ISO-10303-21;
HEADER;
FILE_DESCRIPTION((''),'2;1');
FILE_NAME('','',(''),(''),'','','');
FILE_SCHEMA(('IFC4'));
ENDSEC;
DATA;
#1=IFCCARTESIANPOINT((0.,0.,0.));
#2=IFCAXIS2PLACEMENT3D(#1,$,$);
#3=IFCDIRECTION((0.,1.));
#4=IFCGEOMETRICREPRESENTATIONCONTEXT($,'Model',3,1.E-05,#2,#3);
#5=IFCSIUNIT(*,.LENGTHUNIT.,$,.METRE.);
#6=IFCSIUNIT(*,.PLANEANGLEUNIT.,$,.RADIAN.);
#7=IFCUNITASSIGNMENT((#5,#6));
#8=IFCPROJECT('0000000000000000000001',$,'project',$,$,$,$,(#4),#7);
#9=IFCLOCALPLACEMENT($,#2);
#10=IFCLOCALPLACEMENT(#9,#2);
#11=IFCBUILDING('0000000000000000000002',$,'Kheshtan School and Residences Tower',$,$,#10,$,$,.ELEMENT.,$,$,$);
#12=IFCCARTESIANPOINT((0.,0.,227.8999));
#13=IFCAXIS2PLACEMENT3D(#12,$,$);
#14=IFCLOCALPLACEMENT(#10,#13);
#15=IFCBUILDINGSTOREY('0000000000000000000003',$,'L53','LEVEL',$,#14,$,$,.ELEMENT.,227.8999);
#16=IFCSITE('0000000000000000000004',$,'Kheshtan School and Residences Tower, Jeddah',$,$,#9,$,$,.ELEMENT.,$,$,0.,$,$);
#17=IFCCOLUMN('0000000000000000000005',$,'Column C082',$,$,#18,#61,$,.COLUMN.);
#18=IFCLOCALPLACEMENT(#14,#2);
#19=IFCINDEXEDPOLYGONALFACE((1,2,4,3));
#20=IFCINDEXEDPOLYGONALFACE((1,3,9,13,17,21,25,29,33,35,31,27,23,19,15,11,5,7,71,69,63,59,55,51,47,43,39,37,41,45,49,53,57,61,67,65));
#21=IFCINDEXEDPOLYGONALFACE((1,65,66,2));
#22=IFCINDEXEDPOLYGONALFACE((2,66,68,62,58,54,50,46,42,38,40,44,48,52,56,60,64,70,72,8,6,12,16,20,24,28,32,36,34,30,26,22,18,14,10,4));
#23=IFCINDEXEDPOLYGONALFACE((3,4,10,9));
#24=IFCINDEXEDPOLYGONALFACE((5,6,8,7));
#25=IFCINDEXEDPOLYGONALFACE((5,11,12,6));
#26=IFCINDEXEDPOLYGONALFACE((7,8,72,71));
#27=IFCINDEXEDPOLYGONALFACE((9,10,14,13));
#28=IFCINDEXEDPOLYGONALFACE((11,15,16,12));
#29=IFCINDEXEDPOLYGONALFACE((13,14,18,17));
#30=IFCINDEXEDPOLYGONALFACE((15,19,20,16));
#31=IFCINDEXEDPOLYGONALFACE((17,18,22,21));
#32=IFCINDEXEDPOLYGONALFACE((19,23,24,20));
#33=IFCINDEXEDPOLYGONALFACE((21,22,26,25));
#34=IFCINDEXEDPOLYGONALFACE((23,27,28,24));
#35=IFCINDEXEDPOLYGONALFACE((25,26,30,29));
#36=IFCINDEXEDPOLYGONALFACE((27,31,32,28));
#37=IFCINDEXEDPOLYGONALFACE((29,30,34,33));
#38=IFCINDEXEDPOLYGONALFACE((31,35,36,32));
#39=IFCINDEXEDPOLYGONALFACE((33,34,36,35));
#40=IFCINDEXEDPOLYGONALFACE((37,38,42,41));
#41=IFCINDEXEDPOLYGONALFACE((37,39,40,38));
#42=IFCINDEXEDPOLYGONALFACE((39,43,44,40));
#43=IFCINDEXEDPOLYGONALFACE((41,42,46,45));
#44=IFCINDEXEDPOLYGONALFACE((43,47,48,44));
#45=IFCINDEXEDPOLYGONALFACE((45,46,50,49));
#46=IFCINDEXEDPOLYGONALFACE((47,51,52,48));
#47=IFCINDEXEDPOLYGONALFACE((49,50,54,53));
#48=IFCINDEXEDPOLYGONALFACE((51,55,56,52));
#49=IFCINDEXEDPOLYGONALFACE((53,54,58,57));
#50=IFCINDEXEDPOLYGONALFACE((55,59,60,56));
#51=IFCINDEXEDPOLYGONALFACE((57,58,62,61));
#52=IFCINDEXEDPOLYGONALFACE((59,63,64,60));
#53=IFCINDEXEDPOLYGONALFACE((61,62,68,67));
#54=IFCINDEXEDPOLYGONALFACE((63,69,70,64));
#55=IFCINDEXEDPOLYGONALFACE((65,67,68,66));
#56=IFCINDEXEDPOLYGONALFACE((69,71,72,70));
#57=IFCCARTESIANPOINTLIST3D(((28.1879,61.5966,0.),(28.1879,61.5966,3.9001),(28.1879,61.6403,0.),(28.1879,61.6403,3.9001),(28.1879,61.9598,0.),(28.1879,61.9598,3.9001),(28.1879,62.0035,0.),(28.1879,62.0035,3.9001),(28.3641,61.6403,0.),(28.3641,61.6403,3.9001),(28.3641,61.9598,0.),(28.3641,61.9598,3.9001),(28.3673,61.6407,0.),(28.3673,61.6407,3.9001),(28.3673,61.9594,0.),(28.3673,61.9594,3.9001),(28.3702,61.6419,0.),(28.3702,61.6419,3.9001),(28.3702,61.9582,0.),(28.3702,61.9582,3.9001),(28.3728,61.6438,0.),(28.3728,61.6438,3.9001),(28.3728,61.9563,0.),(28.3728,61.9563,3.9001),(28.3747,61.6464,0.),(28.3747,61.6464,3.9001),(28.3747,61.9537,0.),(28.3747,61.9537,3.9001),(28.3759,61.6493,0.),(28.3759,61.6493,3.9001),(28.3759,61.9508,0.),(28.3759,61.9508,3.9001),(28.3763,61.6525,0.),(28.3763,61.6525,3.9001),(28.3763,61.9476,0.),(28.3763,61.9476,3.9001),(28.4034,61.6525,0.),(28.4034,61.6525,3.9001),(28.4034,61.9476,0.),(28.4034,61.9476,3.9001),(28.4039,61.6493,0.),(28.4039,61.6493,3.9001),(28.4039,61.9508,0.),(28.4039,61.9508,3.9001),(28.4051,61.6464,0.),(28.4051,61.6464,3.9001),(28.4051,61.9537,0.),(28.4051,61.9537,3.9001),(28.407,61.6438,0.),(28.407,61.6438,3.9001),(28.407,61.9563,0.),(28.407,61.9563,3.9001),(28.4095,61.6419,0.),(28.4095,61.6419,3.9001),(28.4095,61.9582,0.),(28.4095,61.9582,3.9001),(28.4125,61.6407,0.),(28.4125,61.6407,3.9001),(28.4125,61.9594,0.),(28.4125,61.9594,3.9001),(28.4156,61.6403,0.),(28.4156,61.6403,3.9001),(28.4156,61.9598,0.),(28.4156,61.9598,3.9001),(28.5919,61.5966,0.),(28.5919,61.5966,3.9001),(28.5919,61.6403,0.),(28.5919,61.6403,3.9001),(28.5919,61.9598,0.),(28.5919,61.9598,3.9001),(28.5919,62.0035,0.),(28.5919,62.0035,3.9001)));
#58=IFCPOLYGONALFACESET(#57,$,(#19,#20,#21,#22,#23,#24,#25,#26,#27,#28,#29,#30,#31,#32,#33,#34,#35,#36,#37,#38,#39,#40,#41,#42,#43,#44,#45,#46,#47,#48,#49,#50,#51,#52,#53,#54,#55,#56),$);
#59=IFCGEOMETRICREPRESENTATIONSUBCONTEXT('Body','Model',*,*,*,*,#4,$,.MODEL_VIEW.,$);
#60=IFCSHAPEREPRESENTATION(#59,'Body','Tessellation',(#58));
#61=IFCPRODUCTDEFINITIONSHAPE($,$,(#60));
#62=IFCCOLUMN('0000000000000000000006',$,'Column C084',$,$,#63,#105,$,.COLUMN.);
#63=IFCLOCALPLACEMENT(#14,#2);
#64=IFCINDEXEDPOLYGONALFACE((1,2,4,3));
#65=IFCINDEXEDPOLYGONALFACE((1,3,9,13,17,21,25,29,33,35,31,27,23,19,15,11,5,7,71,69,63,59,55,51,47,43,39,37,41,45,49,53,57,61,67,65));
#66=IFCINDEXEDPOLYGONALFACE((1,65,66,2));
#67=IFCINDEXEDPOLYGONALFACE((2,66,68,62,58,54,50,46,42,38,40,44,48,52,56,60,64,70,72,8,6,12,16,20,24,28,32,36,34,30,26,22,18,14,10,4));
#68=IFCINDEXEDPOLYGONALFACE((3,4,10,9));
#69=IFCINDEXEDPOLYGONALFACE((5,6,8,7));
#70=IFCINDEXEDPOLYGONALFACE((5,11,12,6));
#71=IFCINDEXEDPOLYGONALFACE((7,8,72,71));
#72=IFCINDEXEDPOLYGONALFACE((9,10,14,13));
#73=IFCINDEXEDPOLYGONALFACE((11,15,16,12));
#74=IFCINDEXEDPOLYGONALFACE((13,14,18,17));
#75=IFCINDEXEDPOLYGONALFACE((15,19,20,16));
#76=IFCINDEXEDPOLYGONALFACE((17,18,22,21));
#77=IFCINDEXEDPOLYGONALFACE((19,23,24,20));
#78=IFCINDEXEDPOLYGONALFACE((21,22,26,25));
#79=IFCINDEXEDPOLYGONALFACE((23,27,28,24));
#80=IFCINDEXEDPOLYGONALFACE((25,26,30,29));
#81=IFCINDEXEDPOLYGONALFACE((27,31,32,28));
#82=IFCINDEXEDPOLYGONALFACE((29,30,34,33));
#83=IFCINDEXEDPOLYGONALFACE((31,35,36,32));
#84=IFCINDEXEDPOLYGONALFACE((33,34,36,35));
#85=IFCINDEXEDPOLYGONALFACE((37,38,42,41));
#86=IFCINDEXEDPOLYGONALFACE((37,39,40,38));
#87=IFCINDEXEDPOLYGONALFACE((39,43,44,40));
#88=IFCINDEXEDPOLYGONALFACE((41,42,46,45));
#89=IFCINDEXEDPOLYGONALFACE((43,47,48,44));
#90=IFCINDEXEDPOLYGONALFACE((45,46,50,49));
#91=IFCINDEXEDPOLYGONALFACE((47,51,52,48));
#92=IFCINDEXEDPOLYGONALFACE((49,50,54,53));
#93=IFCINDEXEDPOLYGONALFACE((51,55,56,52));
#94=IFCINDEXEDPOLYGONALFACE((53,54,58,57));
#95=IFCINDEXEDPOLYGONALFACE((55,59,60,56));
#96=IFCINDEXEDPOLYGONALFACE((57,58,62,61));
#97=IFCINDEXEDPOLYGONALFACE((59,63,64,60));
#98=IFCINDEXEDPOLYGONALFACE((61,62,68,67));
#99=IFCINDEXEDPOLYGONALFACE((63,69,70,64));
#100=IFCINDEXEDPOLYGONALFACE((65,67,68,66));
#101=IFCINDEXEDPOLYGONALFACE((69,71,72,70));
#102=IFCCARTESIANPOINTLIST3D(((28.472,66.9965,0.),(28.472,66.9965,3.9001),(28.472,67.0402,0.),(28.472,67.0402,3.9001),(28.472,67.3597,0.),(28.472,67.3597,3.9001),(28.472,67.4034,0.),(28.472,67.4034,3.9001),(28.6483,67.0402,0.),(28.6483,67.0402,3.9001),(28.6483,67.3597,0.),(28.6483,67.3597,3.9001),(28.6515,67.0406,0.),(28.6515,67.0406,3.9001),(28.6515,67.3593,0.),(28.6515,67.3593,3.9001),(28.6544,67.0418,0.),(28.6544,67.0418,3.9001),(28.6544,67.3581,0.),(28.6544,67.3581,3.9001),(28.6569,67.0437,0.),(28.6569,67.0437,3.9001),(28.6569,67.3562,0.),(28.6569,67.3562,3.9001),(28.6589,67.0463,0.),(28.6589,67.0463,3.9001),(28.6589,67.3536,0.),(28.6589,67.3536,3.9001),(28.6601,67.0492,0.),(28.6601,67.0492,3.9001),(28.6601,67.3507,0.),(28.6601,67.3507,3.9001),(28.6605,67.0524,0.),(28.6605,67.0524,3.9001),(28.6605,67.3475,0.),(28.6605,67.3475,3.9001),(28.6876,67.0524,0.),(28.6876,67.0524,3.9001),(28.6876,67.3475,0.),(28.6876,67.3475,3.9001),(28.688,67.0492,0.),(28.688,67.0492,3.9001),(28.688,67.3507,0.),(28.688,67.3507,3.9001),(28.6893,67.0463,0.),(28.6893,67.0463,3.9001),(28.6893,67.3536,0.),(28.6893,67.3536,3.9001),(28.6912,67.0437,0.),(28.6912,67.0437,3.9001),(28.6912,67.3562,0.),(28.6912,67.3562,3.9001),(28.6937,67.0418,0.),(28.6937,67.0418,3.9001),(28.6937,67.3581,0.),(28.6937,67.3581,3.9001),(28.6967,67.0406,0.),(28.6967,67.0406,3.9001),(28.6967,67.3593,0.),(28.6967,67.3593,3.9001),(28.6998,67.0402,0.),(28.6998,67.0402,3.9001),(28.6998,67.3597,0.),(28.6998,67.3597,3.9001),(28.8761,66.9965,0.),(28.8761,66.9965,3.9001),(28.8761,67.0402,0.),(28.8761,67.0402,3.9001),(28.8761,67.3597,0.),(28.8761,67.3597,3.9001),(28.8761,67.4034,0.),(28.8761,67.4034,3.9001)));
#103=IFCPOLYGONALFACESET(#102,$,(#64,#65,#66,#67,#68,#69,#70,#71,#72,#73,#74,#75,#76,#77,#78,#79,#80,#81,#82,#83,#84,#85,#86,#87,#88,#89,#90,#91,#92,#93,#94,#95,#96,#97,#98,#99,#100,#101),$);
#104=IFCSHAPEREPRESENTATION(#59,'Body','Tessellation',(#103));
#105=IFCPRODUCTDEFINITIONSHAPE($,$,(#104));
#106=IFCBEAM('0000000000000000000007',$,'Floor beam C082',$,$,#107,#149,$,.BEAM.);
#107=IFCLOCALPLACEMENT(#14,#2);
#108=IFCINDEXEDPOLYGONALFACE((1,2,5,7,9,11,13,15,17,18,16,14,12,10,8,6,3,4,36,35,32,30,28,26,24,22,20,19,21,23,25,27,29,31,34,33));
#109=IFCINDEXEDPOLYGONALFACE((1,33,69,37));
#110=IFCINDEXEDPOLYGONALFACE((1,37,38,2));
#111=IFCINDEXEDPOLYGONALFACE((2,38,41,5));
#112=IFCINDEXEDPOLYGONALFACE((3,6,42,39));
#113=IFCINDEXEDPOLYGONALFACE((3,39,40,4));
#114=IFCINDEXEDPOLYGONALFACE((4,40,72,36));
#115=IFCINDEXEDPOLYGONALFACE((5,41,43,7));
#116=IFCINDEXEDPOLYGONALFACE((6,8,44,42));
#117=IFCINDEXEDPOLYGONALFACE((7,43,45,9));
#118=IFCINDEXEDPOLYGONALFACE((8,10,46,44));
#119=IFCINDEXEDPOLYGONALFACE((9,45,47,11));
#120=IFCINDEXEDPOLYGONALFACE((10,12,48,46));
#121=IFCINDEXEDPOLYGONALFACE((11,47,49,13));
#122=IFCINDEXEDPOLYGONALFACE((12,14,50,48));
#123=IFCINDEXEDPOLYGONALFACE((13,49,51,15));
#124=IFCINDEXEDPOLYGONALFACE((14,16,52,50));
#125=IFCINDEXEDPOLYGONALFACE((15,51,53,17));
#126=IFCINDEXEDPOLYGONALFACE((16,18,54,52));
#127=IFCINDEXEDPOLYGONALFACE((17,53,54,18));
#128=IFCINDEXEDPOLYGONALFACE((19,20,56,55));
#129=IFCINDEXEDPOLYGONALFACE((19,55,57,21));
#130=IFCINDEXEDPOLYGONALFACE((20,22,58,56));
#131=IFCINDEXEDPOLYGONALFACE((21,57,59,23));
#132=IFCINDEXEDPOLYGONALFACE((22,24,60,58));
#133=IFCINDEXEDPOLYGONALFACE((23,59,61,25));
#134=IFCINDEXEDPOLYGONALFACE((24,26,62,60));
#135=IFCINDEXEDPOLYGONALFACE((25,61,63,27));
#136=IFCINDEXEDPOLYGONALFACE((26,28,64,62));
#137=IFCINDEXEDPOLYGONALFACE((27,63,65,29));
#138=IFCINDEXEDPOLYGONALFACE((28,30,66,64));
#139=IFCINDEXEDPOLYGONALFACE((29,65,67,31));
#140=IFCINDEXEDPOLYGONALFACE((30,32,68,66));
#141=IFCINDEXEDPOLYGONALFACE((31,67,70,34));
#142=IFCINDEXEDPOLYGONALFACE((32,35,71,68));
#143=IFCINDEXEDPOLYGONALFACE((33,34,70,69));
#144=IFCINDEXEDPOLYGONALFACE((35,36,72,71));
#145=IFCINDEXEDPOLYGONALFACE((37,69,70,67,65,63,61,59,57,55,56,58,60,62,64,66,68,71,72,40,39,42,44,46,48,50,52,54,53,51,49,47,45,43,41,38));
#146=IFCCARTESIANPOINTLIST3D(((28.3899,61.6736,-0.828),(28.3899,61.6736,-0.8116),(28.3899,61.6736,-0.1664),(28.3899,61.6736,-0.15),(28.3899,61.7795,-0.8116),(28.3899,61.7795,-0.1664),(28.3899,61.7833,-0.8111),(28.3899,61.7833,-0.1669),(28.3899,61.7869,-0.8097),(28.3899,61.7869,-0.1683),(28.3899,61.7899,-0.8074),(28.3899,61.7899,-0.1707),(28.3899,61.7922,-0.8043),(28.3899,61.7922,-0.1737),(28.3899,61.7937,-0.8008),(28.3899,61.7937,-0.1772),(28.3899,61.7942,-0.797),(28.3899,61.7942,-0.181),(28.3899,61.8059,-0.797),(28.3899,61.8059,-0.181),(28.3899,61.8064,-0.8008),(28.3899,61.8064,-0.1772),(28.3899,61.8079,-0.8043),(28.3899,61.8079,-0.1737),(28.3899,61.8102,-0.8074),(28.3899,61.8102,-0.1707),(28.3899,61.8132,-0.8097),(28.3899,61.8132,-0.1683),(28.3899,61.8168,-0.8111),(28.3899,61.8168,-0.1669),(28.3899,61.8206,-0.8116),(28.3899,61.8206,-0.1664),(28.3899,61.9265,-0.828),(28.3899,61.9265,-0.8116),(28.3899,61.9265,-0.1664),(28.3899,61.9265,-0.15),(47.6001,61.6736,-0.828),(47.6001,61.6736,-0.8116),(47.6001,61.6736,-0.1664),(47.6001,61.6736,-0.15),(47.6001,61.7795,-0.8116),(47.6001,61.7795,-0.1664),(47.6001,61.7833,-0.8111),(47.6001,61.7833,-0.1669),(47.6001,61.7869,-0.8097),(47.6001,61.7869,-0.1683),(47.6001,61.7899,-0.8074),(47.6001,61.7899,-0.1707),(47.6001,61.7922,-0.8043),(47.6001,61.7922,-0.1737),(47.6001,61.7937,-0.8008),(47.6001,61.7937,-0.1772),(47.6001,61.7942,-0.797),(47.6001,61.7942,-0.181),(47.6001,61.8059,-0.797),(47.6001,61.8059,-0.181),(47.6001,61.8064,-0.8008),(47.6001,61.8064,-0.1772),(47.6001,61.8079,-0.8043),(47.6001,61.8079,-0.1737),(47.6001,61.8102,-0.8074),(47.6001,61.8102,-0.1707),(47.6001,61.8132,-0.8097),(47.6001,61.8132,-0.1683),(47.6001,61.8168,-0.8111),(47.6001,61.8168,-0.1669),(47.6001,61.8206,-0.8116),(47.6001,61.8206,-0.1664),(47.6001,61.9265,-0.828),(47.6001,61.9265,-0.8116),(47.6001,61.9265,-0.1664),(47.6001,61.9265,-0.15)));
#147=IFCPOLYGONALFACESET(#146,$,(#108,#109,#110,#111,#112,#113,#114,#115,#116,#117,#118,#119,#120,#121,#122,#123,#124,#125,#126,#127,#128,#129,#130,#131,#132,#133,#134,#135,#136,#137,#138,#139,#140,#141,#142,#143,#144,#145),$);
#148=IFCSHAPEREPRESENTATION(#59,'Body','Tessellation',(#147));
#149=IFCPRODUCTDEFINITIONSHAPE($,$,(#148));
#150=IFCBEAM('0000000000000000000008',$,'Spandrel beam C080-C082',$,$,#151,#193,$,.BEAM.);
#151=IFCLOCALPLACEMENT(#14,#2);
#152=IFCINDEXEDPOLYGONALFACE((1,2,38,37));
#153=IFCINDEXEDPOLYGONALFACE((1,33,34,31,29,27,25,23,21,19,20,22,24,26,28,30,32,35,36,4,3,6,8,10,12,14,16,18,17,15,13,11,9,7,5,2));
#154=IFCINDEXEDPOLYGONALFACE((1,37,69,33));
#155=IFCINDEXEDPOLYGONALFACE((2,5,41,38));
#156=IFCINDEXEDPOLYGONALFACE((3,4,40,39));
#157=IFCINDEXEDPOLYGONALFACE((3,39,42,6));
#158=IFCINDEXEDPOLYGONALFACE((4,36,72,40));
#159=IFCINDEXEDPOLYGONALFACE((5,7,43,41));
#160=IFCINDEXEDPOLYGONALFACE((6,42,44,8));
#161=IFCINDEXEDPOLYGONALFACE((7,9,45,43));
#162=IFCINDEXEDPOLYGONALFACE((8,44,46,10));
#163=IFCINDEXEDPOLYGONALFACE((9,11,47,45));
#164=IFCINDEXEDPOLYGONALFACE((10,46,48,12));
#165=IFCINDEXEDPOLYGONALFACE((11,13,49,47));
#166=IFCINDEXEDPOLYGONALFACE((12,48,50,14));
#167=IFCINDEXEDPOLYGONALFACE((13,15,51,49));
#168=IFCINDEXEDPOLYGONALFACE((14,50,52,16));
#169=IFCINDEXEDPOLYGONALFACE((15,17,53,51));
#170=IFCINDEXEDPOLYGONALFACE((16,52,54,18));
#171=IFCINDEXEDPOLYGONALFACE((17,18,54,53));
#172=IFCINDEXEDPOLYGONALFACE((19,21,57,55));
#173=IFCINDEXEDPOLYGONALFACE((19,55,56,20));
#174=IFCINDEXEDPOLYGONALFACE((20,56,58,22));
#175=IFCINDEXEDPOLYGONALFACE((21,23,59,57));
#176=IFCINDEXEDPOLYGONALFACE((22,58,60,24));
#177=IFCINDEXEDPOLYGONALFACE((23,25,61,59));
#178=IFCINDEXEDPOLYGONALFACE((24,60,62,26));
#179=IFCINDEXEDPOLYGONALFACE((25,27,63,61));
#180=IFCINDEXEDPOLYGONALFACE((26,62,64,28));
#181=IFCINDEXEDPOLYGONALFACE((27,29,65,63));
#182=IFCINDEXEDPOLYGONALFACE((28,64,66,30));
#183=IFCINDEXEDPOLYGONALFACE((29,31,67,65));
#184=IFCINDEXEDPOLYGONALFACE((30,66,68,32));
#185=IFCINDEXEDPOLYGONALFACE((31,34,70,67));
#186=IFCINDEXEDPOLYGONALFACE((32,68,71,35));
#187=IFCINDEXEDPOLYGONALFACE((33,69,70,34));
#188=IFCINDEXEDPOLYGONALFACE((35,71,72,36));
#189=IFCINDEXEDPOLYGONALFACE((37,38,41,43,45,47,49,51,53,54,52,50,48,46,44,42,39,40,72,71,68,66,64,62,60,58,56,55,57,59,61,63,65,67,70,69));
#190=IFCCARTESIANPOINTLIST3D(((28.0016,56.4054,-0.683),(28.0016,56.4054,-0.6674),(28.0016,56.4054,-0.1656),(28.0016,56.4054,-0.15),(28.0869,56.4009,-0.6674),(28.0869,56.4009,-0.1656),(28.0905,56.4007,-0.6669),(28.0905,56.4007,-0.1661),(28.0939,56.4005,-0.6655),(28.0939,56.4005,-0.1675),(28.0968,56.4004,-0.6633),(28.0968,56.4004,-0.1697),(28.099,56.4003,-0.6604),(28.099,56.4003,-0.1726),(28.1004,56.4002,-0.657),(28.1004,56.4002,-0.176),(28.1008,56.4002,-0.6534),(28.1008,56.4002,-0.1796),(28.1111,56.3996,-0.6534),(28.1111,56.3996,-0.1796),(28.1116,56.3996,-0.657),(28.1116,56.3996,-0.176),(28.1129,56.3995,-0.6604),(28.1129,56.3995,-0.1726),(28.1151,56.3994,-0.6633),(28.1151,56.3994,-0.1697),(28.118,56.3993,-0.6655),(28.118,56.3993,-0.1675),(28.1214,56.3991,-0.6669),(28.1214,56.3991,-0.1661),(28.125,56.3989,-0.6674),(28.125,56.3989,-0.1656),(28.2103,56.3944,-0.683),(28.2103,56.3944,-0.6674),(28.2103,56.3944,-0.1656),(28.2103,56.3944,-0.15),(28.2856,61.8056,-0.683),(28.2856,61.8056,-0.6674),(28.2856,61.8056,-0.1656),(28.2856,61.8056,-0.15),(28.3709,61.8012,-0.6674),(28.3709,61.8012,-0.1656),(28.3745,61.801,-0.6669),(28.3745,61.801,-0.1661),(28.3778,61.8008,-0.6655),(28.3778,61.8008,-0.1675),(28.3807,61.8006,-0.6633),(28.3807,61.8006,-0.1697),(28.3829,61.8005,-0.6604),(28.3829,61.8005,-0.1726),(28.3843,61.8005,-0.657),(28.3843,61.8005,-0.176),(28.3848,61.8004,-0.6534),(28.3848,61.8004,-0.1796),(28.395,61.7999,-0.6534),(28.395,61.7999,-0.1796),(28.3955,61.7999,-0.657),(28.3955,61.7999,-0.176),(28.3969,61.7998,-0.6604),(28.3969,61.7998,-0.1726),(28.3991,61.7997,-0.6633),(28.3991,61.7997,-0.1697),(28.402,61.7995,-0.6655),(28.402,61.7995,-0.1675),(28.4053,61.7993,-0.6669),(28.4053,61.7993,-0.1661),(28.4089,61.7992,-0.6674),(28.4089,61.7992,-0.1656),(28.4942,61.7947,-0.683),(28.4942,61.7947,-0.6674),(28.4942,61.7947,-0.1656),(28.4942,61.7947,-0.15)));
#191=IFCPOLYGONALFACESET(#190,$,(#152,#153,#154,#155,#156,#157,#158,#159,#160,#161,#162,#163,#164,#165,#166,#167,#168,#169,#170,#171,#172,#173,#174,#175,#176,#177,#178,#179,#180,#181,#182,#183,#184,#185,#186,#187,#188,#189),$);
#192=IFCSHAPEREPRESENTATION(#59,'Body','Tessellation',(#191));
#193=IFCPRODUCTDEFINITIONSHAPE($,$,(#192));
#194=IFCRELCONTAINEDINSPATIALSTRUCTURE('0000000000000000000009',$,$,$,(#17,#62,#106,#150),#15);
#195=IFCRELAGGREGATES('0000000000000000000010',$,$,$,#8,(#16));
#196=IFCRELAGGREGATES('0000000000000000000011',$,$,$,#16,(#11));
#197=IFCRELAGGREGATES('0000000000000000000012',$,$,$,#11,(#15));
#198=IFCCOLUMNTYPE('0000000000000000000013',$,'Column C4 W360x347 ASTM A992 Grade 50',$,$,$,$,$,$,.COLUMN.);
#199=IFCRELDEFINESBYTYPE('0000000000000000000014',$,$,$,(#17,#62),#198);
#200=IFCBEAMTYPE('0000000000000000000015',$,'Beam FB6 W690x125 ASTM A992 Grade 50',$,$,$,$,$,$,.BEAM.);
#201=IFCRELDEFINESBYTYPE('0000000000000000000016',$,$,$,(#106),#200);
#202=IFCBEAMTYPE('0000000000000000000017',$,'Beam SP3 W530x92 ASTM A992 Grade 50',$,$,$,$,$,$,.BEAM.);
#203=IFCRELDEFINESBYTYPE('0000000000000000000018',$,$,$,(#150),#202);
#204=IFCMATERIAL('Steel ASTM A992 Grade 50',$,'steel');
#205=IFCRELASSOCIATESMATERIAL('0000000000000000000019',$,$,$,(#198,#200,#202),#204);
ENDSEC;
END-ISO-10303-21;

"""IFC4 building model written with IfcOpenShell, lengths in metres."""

from ifc_helpers import new_model, si_unit, direction, frame, origin, origin_2d, place, context, subcontext, project, spatial, i_section, extrude, material, material_profile, profile_set, type_object, element, save


model = new_model("IFC4")

# Units and contexts
model_context = context("Model", 3, precision=1e-05, world=origin(), true_north=direction((0.0, 1.0)))
body_context = subcontext(model_context, "Body", "Model", "MODEL_VIEW")
ifc_project = project(units=[si_unit("LENGTHUNIT", "METRE"), si_unit("PLANEANGLEUNIT", "RADIAN")], contexts=[model_context])

# Site, building, storey
site_placement = place(None, origin())
site = spatial("IfcSite", under=ifc_project, at=site_placement, Name="Kheshtan School and Residences Tower, Jeddah", CompositionType="ELEMENT", RefElevation=0.0)
building_placement = place(site_placement, origin())
building = spatial("IfcBuilding", under=site, at=building_placement, Name="Kheshtan School and Residences Tower", CompositionType="ELEMENT")
storey_placement = place(building_placement, frame((0.0, 0.0, 227.8999)))
storey = spatial("IfcBuildingStorey", under=building, at=storey_placement, Name="L53", Description="LEVEL", CompositionType="ELEMENT", Elevation=227.8999)

# Columns
ifc_material_1 = material(Name="Steel ASTM A992 Grade 50", Category="steel")
ifc_material_profile_1 = material_profile(ifc_material_1, i_section(OverallWidth=0.4041, OverallDepth=0.407, WebThickness=0.0271, FlangeThickness=0.0437, FilletRadius=0.0122, at=origin_2d()), Name="W360x347")
ifc_profile_set_1 = profile_set([ifc_material_profile_1], Name="Steel ASTM A992 Grade 50")
column_type = type_object("IfcColumnType", Name="Column C4 W360x347 ASTM A992 Grade 50", PredefinedType="COLUMN", material=ifc_profile_set_1)
for number, where, z_axis, x_axis, name in (
    (1, (28.3899, 61.8, 0.0), (0.0, 0.0, 1.0), (1.0, 0.0, 0.0), "Column C082"),
    (2, (28.6741, 67.2, 0.0), (0.0, 0.0, 1.0), (1.0, 0.0, 0.0), "Column C084"),
):
    element("IfcColumn", number, at=place(storey_placement, frame(where, z_axis=z_axis, x_axis=x_axis)), inside=storey, type_object=column_type, Name=name, PredefinedType="COLUMN", context=body_context, shape_type="SweptSolid", body=[
        extrude(i_section(OverallWidth=0.4041, OverallDepth=0.407, WebThickness=0.0271, FlangeThickness=0.0437, FilletRadius=0.0122, at=origin_2d()), origin(), (0.0, 0.0, 1.0), 3.9001),
    ])

# Beams
ifc_material_profile_2 = material_profile(ifc_material_1, i_section(OverallWidth=0.2529, OverallDepth=0.678, WebThickness=0.0117, FlangeThickness=0.0164, FilletRadius=0.0146, at=origin_2d()), Name="W690x125")
ifc_profile_set_2 = profile_set([ifc_material_profile_2], Name="Steel ASTM A992 Grade 50")
beam_type_1 = type_object("IfcBeamType", Name="Beam FB6 W690x125 ASTM A992 Grade 50", PredefinedType="BEAM", material=ifc_profile_set_2)
beam_1_placement = place(storey_placement, frame((28.3899, 61.8, -0.489), z_axis=(1.0, 0.0, 0.0), x_axis=(0.0, 1.0, 0.0)))
element("IfcBeam", 3, at=beam_1_placement, inside=storey, type_object=beam_type_1, Name="Floor beam C082", PredefinedType="BEAM", context=body_context, shape_type="SweptSolid", body=[
    extrude(i_section(OverallWidth=0.2529, OverallDepth=0.678, WebThickness=0.0117, FlangeThickness=0.0164, FilletRadius=0.0146, at=origin_2d()), origin(), (0.0, 0.0, 1.0), 19.2102),
])
ifc_material_profile_3 = material_profile(ifc_material_1, i_section(OverallWidth=0.209, OverallDepth=0.533, WebThickness=0.0103, FlangeThickness=0.0156, FilletRadius=0.0139, at=origin_2d()), Name="W530x92")
ifc_profile_set_3 = profile_set([ifc_material_profile_3], Name="Steel ASTM A992 Grade 50")
beam_type_2 = type_object("IfcBeamType", Name="Beam SP3 W530x92 ASTM A992 Grade 50", PredefinedType="BEAM", material=ifc_profile_set_3)
beam_2_placement = place(storey_placement, frame((28.106, 56.3999, -0.4165), z_axis=(0.052507, 0.998621, 0.0), x_axis=(-0.998621, 0.052507, 0.0)))
element("IfcBeam", 4, at=beam_2_placement, inside=storey, type_object=beam_type_2, Name="Spandrel beam C080-C082", PredefinedType="BEAM", context=body_context, shape_type="SweptSolid", body=[
    extrude(i_section(OverallWidth=0.209, OverallDepth=0.533, WebThickness=0.0103, FlangeThickness=0.0156, FilletRadius=0.0139, at=origin_2d()), origin(), (0.0, 0.0, 1.0), 5.4077),
])

save(model, "model.ifc")
